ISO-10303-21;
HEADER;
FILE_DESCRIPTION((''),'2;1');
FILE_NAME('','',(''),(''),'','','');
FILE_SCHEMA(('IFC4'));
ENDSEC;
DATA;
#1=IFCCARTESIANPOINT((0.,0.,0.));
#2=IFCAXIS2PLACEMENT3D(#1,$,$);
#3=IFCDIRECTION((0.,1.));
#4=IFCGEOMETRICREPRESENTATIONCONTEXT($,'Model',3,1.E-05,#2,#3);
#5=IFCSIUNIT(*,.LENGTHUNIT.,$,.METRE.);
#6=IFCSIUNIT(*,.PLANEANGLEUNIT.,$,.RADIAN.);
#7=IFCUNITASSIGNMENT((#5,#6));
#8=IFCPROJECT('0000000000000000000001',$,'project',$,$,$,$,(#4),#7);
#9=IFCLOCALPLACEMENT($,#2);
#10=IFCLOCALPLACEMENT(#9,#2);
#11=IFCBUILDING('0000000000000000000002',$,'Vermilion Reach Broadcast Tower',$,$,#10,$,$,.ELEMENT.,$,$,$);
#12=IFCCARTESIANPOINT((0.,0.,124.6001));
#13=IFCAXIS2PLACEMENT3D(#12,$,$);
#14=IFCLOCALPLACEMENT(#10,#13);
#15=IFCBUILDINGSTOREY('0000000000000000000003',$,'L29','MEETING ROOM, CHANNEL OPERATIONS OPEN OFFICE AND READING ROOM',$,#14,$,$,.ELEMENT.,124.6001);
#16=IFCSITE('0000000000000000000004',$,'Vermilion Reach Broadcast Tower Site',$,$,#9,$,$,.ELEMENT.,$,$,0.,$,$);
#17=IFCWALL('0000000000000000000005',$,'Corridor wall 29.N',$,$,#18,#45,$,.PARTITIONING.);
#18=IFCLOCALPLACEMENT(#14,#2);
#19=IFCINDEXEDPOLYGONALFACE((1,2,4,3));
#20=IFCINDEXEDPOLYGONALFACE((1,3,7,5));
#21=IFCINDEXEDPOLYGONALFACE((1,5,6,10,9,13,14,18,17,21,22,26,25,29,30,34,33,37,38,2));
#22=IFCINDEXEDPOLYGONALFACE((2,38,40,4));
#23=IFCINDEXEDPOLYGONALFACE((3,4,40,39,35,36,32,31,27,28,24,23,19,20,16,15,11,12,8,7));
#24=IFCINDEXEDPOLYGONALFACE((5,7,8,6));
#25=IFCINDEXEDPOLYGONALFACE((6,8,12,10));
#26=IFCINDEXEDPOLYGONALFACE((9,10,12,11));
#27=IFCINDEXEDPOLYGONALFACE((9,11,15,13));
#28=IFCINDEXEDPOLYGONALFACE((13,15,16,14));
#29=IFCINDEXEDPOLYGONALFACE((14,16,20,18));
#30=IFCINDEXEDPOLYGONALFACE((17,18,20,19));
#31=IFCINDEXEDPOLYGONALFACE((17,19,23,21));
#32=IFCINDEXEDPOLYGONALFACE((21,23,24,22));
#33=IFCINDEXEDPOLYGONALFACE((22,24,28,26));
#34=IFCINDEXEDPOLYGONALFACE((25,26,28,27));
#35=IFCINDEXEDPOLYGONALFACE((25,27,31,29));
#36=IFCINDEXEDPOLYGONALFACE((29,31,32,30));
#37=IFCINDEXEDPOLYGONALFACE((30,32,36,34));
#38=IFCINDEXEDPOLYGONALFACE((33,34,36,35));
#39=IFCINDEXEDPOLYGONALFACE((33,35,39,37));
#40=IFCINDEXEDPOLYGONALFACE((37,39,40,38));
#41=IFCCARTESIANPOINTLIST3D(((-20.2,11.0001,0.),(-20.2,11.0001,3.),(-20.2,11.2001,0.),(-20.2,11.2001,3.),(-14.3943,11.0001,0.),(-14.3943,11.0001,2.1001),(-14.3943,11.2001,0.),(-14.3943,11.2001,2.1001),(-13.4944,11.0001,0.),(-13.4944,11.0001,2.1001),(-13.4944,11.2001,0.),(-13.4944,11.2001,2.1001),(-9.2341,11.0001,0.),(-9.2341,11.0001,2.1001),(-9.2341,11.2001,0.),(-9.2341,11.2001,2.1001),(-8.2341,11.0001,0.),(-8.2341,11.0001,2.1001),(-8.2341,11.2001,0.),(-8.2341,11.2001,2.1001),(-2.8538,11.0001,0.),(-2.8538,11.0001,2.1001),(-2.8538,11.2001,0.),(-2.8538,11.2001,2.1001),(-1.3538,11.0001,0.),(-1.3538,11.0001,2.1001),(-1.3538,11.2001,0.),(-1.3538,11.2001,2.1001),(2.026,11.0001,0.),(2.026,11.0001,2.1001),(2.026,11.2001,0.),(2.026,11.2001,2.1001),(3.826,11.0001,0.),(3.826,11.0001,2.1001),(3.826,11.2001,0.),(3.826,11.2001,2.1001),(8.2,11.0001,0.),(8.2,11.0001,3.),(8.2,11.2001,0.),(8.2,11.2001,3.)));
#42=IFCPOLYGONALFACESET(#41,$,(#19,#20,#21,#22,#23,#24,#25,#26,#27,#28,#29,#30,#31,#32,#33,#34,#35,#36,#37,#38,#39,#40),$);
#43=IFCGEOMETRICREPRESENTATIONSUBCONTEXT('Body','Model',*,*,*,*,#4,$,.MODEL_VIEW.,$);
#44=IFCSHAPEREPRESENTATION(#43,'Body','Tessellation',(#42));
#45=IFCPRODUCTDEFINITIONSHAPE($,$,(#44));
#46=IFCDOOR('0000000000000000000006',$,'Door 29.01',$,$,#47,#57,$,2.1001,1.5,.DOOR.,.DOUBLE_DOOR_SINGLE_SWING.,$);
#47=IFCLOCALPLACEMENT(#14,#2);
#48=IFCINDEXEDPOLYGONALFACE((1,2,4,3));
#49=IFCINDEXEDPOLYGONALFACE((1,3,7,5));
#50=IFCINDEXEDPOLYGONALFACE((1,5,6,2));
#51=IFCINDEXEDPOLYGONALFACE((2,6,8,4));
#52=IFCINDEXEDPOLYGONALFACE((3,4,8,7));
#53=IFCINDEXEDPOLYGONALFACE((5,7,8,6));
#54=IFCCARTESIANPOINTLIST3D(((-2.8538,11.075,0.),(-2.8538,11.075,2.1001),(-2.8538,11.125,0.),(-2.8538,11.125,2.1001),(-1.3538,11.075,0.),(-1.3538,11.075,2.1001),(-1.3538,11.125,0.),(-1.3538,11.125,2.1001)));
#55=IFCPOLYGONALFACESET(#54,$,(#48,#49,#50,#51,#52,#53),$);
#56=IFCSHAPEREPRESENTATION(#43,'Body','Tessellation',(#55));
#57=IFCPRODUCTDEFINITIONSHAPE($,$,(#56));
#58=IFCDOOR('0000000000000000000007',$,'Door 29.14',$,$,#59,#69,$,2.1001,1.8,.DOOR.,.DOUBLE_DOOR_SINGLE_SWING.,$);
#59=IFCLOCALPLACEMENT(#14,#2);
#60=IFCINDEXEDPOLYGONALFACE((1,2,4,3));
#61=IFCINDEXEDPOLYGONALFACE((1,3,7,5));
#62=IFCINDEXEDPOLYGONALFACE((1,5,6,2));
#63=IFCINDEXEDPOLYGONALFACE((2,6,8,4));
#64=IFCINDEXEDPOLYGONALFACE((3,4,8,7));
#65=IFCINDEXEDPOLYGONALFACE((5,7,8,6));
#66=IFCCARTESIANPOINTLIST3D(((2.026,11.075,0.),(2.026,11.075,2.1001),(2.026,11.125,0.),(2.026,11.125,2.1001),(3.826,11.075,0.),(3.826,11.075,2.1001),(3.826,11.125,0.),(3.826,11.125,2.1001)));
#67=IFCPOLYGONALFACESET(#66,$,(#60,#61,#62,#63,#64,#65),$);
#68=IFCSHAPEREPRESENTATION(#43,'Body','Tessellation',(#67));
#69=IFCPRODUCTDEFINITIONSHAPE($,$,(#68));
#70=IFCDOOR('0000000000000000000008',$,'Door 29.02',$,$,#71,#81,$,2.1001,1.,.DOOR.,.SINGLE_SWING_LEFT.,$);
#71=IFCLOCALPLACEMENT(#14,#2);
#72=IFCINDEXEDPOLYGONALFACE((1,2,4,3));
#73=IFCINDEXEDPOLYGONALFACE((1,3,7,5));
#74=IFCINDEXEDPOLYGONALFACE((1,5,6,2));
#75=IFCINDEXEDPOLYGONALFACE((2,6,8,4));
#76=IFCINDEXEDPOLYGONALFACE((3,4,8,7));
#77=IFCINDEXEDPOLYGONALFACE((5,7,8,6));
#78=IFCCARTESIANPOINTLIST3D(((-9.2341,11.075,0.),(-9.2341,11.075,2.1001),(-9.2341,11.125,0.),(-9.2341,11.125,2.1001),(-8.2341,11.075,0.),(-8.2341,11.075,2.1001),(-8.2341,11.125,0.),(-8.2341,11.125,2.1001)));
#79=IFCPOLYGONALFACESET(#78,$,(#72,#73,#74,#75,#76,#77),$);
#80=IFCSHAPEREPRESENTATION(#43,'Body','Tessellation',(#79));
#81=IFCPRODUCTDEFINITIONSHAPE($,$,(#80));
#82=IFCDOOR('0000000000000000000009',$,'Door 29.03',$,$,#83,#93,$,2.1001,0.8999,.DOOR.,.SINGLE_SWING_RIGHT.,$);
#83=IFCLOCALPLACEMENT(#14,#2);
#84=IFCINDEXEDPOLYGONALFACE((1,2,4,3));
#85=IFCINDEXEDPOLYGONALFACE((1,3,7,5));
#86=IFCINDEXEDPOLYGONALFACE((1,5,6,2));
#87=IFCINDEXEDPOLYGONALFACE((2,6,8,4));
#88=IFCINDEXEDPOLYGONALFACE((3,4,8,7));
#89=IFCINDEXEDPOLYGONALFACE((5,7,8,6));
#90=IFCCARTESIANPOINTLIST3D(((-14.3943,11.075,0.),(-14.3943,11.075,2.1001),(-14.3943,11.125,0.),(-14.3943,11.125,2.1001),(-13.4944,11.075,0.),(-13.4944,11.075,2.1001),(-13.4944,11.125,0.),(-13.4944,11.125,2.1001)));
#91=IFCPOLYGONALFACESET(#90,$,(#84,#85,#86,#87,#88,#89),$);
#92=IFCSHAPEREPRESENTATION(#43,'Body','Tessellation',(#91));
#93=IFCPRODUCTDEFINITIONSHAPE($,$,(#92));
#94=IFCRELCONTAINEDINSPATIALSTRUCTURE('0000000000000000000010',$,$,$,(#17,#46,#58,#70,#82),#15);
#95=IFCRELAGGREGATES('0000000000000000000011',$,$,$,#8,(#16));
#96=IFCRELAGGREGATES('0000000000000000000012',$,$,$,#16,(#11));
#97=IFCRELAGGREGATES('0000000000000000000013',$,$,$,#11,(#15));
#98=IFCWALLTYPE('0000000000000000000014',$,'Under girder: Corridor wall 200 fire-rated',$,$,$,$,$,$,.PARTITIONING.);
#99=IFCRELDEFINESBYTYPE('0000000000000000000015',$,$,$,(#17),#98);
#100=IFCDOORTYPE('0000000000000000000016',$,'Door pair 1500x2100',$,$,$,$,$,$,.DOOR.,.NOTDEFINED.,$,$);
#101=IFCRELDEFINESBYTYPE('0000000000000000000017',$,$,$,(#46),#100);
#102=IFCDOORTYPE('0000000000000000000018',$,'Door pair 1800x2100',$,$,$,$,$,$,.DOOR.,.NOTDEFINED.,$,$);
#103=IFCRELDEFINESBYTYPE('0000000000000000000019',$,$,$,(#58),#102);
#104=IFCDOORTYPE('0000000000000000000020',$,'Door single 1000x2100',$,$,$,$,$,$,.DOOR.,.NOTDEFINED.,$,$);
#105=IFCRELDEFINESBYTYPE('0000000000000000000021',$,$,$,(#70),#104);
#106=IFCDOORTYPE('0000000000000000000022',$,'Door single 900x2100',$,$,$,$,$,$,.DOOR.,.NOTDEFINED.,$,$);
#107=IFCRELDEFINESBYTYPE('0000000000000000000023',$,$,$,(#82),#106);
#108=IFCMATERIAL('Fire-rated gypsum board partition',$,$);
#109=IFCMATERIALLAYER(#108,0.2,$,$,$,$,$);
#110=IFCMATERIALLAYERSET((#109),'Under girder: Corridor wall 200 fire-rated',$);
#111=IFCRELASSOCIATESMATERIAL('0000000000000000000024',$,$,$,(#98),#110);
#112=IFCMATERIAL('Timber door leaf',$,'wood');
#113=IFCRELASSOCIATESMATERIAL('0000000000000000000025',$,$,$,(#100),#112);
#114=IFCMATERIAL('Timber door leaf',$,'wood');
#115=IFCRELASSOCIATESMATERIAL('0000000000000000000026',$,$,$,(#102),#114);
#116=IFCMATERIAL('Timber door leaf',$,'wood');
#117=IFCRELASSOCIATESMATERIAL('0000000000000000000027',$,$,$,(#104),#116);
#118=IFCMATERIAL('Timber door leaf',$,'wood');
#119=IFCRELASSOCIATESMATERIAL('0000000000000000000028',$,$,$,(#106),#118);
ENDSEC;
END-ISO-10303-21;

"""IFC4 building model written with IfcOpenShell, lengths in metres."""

from ifc_helpers import new_model, si_unit, direction, frame, frame_2d, origin, place, context, subcontext, project, spatial, rectangle, extrude, material, layer, layer_set, type_object, element, fill, save


model = new_model("IFC4")

# Units and contexts
model_context = context("Model", 3, precision=1e-05, world=origin(), true_north=direction((0.0, 1.0)))
body_context = subcontext(model_context, "Body", "Model", "MODEL_VIEW")
ifc_project = project(units=[si_unit("LENGTHUNIT", "METRE"), si_unit("PLANEANGLEUNIT", "RADIAN")], contexts=[model_context])

# Site, building, storey
site_placement = place(None, origin())
site = spatial("IfcSite", under=ifc_project, at=site_placement, Name="Vermilion Reach Broadcast Tower Site", CompositionType="ELEMENT", RefElevation=0.0)
building_placement = place(site_placement, origin())
building = spatial("IfcBuilding", under=site, at=building_placement, Name="Vermilion Reach Broadcast Tower", CompositionType="ELEMENT")
storey_placement = place(building_placement, frame((0.0, 0.0, 124.6001)))
storey = spatial("IfcBuildingStorey", under=building, at=storey_placement, Name="L29", Description="MEETING ROOM, CHANNEL OPERATIONS OPEN OFFICE AND READING ROOM", CompositionType="ELEMENT", Elevation=124.6001)

# Wall, openings, doors
ifc_material_1 = material(Name="Fire-rated gypsum board partition")
ifc_layer_1 = layer(ifc_material_1, 0.2)
ifc_layer_set_1 = layer_set([ifc_layer_1], Name="Under girder: Corridor wall 200 fire-rated")
wall_type_1 = type_object("IfcWallType", Name="Under girder: Corridor wall 200 fire-rated", PredefinedType="PARTITIONING", material=ifc_layer_set_1)
wall_1_placement = place(storey_placement, frame((-20.2, 11.1001, 0.0), z_axis=(0.0, 0.0, 1.0), x_axis=(1.0, 0.0, 0.0)))
wall_1 = element("IfcWall", 1, at=wall_1_placement, inside=storey, type_object=wall_type_1, Name="Corridor wall 29.N", PredefinedType="PARTITIONING", context=body_context, shape_type="SweptSolid", body=[
    extrude(rectangle(XDim=28.3999, YDim=0.2, at=frame_2d((14.2, 0.0))), origin(), (0.0, 0.0, 1.0), 3.0),
])
opening_1_placement = place(wall_1_placement, frame((17.3462, 0.0, 0.0)))
opening_1 = element("IfcOpeningElement", 2, at=opening_1_placement, cuts=wall_1, PredefinedType="OPENING", context=body_context, shape_type="SweptSolid", body=[
    extrude(rectangle(XDim=1.5, YDim=2.1001, at=frame_2d((0.75, 1.05))), frame((0.0, 0.1099, 0.0), z_axis=(0.0, -1.0, 0.0), x_axis=(1.0, 0.0, 0.0)), (0.0, 0.0, 1.0), 0.22),
])
opening_2_placement = place(wall_1_placement, frame((10.9658, 0.0, 0.0)))
opening_2 = element("IfcOpeningElement", 3, at=opening_2_placement, cuts=wall_1, PredefinedType="OPENING", context=body_context, shape_type="SweptSolid", body=[
    extrude(rectangle(XDim=1.0, YDim=2.1001, at=frame_2d((0.5, 1.05))), frame((0.0, 0.1099, 0.0), z_axis=(0.0, -1.0, 0.0), x_axis=(1.0, 0.0, 0.0)), (0.0, 0.0, 1.0), 0.22),
])
opening_3_placement = place(wall_1_placement, frame((5.8057, 0.0, 0.0)))
opening_3 = element("IfcOpeningElement", 4, at=opening_3_placement, cuts=wall_1, PredefinedType="OPENING", context=body_context, shape_type="SweptSolid", body=[
    extrude(rectangle(XDim=0.8999, YDim=2.1001, at=frame_2d((0.45, 1.05))), frame((0.0, 0.1099, 0.0), z_axis=(0.0, -1.0, 0.0), x_axis=(1.0, 0.0, 0.0)), (0.0, 0.0, 1.0), 0.22),
])
opening_4_placement = place(wall_1_placement, frame((22.2261, 0.0, 0.0)))
opening_4 = element("IfcOpeningElement", 5, at=opening_4_placement, cuts=wall_1, PredefinedType="OPENING", context=body_context, shape_type="SweptSolid", body=[
    extrude(rectangle(XDim=1.8, YDim=2.1001, at=frame_2d((0.8999, 1.05))), frame((0.0, 0.1099, 0.0), z_axis=(0.0, -1.0, 0.0), x_axis=(1.0, 0.0, 0.0)), (0.0, 0.0, 1.0), 0.22),
])
ifc_material_2 = material(Name="Timber door leaf", Category="wood")
door_type_1 = type_object("IfcDoorType", Name="Door pair 1500x2100", OperationType="NOTDEFINED", PredefinedType="DOOR", material=ifc_material_2)
door_1_placement = place(opening_1_placement, origin())
door_1 = element("IfcDoor", 6, at=door_1_placement, inside=storey, type_object=door_type_1, Name="Door 29.01", OperationType="DOUBLE_DOOR_SINGLE_SWING", OverallHeight=2.1001, OverallWidth=1.5, PredefinedType="DOOR", context=body_context, shape_type="SweptSolid", body=[
    extrude(rectangle(XDim=1.5, YDim=2.1001, at=frame_2d((0.75, 1.05))), frame((0.0, 0.0249, 0.0), z_axis=(0.0, -1.0, 0.0), x_axis=(1.0, 0.0, 0.0)), (0.0, 0.0, 1.0), 0.05),
])
fill(opening_1, door_1)
ifc_material_3 = material(Name="Timber door leaf", Category="wood")
door_type_2 = type_object("IfcDoorType", Name="Door pair 1800x2100", OperationType="NOTDEFINED", PredefinedType="DOOR", material=ifc_material_3)
door_2_placement = place(opening_4_placement, origin())
door_2 = element("IfcDoor", 7, at=door_2_placement, inside=storey, type_object=door_type_2, Name="Door 29.14", OperationType="DOUBLE_DOOR_SINGLE_SWING", OverallHeight=2.1001, OverallWidth=1.8, PredefinedType="DOOR", context=body_context, shape_type="SweptSolid", body=[
    extrude(rectangle(XDim=1.8, YDim=2.1001, at=frame_2d((0.8999, 1.05))), frame((0.0, 0.0249, 0.0), z_axis=(0.0, -1.0, 0.0), x_axis=(1.0, 0.0, 0.0)), (0.0, 0.0, 1.0), 0.05),
])
fill(opening_4, door_2)
ifc_material_4 = material(Name="Timber door leaf", Category="wood")
door_type_3 = type_object("IfcDoorType", Name="Door single 1000x2100", OperationType="NOTDEFINED", PredefinedType="DOOR", material=ifc_material_4)
door_3_placement = place(opening_2_placement, origin())
door_3 = element("IfcDoor", 8, at=door_3_placement, inside=storey, type_object=door_type_3, Name="Door 29.02", OperationType="SINGLE_SWING_LEFT", OverallHeight=2.1001, OverallWidth=1.0, PredefinedType="DOOR", context=body_context, shape_type="SweptSolid", body=[
    extrude(rectangle(XDim=1.0, YDim=2.1001, at=frame_2d((0.5, 1.05))), frame((0.0, 0.0249, 0.0), z_axis=(0.0, -1.0, 0.0), x_axis=(1.0, 0.0, 0.0)), (0.0, 0.0, 1.0), 0.05),
])
fill(opening_2, door_3)
ifc_material_5 = material(Name="Timber door leaf", Category="wood")
door_type_4 = type_object("IfcDoorType", Name="Door single 900x2100", OperationType="NOTDEFINED", PredefinedType="DOOR", material=ifc_material_5)
door_4_placement = place(opening_3_placement, origin())
door_4 = element("IfcDoor", 9, at=door_4_placement, inside=storey, type_object=door_type_4, Name="Door 29.03", OperationType="SINGLE_SWING_RIGHT", OverallHeight=2.1001, OverallWidth=0.8999, PredefinedType="DOOR", context=body_context, shape_type="SweptSolid", body=[
    extrude(rectangle(XDim=0.8999, YDim=2.1001, at=frame_2d((0.45, 1.05))), frame((0.0, 0.0249, 0.0), z_axis=(0.0, -1.0, 0.0), x_axis=(1.0, 0.0, 0.0)), (0.0, 0.0, 1.0), 0.05),
])
fill(opening_3, door_4)

save(model, "model.ifc")
